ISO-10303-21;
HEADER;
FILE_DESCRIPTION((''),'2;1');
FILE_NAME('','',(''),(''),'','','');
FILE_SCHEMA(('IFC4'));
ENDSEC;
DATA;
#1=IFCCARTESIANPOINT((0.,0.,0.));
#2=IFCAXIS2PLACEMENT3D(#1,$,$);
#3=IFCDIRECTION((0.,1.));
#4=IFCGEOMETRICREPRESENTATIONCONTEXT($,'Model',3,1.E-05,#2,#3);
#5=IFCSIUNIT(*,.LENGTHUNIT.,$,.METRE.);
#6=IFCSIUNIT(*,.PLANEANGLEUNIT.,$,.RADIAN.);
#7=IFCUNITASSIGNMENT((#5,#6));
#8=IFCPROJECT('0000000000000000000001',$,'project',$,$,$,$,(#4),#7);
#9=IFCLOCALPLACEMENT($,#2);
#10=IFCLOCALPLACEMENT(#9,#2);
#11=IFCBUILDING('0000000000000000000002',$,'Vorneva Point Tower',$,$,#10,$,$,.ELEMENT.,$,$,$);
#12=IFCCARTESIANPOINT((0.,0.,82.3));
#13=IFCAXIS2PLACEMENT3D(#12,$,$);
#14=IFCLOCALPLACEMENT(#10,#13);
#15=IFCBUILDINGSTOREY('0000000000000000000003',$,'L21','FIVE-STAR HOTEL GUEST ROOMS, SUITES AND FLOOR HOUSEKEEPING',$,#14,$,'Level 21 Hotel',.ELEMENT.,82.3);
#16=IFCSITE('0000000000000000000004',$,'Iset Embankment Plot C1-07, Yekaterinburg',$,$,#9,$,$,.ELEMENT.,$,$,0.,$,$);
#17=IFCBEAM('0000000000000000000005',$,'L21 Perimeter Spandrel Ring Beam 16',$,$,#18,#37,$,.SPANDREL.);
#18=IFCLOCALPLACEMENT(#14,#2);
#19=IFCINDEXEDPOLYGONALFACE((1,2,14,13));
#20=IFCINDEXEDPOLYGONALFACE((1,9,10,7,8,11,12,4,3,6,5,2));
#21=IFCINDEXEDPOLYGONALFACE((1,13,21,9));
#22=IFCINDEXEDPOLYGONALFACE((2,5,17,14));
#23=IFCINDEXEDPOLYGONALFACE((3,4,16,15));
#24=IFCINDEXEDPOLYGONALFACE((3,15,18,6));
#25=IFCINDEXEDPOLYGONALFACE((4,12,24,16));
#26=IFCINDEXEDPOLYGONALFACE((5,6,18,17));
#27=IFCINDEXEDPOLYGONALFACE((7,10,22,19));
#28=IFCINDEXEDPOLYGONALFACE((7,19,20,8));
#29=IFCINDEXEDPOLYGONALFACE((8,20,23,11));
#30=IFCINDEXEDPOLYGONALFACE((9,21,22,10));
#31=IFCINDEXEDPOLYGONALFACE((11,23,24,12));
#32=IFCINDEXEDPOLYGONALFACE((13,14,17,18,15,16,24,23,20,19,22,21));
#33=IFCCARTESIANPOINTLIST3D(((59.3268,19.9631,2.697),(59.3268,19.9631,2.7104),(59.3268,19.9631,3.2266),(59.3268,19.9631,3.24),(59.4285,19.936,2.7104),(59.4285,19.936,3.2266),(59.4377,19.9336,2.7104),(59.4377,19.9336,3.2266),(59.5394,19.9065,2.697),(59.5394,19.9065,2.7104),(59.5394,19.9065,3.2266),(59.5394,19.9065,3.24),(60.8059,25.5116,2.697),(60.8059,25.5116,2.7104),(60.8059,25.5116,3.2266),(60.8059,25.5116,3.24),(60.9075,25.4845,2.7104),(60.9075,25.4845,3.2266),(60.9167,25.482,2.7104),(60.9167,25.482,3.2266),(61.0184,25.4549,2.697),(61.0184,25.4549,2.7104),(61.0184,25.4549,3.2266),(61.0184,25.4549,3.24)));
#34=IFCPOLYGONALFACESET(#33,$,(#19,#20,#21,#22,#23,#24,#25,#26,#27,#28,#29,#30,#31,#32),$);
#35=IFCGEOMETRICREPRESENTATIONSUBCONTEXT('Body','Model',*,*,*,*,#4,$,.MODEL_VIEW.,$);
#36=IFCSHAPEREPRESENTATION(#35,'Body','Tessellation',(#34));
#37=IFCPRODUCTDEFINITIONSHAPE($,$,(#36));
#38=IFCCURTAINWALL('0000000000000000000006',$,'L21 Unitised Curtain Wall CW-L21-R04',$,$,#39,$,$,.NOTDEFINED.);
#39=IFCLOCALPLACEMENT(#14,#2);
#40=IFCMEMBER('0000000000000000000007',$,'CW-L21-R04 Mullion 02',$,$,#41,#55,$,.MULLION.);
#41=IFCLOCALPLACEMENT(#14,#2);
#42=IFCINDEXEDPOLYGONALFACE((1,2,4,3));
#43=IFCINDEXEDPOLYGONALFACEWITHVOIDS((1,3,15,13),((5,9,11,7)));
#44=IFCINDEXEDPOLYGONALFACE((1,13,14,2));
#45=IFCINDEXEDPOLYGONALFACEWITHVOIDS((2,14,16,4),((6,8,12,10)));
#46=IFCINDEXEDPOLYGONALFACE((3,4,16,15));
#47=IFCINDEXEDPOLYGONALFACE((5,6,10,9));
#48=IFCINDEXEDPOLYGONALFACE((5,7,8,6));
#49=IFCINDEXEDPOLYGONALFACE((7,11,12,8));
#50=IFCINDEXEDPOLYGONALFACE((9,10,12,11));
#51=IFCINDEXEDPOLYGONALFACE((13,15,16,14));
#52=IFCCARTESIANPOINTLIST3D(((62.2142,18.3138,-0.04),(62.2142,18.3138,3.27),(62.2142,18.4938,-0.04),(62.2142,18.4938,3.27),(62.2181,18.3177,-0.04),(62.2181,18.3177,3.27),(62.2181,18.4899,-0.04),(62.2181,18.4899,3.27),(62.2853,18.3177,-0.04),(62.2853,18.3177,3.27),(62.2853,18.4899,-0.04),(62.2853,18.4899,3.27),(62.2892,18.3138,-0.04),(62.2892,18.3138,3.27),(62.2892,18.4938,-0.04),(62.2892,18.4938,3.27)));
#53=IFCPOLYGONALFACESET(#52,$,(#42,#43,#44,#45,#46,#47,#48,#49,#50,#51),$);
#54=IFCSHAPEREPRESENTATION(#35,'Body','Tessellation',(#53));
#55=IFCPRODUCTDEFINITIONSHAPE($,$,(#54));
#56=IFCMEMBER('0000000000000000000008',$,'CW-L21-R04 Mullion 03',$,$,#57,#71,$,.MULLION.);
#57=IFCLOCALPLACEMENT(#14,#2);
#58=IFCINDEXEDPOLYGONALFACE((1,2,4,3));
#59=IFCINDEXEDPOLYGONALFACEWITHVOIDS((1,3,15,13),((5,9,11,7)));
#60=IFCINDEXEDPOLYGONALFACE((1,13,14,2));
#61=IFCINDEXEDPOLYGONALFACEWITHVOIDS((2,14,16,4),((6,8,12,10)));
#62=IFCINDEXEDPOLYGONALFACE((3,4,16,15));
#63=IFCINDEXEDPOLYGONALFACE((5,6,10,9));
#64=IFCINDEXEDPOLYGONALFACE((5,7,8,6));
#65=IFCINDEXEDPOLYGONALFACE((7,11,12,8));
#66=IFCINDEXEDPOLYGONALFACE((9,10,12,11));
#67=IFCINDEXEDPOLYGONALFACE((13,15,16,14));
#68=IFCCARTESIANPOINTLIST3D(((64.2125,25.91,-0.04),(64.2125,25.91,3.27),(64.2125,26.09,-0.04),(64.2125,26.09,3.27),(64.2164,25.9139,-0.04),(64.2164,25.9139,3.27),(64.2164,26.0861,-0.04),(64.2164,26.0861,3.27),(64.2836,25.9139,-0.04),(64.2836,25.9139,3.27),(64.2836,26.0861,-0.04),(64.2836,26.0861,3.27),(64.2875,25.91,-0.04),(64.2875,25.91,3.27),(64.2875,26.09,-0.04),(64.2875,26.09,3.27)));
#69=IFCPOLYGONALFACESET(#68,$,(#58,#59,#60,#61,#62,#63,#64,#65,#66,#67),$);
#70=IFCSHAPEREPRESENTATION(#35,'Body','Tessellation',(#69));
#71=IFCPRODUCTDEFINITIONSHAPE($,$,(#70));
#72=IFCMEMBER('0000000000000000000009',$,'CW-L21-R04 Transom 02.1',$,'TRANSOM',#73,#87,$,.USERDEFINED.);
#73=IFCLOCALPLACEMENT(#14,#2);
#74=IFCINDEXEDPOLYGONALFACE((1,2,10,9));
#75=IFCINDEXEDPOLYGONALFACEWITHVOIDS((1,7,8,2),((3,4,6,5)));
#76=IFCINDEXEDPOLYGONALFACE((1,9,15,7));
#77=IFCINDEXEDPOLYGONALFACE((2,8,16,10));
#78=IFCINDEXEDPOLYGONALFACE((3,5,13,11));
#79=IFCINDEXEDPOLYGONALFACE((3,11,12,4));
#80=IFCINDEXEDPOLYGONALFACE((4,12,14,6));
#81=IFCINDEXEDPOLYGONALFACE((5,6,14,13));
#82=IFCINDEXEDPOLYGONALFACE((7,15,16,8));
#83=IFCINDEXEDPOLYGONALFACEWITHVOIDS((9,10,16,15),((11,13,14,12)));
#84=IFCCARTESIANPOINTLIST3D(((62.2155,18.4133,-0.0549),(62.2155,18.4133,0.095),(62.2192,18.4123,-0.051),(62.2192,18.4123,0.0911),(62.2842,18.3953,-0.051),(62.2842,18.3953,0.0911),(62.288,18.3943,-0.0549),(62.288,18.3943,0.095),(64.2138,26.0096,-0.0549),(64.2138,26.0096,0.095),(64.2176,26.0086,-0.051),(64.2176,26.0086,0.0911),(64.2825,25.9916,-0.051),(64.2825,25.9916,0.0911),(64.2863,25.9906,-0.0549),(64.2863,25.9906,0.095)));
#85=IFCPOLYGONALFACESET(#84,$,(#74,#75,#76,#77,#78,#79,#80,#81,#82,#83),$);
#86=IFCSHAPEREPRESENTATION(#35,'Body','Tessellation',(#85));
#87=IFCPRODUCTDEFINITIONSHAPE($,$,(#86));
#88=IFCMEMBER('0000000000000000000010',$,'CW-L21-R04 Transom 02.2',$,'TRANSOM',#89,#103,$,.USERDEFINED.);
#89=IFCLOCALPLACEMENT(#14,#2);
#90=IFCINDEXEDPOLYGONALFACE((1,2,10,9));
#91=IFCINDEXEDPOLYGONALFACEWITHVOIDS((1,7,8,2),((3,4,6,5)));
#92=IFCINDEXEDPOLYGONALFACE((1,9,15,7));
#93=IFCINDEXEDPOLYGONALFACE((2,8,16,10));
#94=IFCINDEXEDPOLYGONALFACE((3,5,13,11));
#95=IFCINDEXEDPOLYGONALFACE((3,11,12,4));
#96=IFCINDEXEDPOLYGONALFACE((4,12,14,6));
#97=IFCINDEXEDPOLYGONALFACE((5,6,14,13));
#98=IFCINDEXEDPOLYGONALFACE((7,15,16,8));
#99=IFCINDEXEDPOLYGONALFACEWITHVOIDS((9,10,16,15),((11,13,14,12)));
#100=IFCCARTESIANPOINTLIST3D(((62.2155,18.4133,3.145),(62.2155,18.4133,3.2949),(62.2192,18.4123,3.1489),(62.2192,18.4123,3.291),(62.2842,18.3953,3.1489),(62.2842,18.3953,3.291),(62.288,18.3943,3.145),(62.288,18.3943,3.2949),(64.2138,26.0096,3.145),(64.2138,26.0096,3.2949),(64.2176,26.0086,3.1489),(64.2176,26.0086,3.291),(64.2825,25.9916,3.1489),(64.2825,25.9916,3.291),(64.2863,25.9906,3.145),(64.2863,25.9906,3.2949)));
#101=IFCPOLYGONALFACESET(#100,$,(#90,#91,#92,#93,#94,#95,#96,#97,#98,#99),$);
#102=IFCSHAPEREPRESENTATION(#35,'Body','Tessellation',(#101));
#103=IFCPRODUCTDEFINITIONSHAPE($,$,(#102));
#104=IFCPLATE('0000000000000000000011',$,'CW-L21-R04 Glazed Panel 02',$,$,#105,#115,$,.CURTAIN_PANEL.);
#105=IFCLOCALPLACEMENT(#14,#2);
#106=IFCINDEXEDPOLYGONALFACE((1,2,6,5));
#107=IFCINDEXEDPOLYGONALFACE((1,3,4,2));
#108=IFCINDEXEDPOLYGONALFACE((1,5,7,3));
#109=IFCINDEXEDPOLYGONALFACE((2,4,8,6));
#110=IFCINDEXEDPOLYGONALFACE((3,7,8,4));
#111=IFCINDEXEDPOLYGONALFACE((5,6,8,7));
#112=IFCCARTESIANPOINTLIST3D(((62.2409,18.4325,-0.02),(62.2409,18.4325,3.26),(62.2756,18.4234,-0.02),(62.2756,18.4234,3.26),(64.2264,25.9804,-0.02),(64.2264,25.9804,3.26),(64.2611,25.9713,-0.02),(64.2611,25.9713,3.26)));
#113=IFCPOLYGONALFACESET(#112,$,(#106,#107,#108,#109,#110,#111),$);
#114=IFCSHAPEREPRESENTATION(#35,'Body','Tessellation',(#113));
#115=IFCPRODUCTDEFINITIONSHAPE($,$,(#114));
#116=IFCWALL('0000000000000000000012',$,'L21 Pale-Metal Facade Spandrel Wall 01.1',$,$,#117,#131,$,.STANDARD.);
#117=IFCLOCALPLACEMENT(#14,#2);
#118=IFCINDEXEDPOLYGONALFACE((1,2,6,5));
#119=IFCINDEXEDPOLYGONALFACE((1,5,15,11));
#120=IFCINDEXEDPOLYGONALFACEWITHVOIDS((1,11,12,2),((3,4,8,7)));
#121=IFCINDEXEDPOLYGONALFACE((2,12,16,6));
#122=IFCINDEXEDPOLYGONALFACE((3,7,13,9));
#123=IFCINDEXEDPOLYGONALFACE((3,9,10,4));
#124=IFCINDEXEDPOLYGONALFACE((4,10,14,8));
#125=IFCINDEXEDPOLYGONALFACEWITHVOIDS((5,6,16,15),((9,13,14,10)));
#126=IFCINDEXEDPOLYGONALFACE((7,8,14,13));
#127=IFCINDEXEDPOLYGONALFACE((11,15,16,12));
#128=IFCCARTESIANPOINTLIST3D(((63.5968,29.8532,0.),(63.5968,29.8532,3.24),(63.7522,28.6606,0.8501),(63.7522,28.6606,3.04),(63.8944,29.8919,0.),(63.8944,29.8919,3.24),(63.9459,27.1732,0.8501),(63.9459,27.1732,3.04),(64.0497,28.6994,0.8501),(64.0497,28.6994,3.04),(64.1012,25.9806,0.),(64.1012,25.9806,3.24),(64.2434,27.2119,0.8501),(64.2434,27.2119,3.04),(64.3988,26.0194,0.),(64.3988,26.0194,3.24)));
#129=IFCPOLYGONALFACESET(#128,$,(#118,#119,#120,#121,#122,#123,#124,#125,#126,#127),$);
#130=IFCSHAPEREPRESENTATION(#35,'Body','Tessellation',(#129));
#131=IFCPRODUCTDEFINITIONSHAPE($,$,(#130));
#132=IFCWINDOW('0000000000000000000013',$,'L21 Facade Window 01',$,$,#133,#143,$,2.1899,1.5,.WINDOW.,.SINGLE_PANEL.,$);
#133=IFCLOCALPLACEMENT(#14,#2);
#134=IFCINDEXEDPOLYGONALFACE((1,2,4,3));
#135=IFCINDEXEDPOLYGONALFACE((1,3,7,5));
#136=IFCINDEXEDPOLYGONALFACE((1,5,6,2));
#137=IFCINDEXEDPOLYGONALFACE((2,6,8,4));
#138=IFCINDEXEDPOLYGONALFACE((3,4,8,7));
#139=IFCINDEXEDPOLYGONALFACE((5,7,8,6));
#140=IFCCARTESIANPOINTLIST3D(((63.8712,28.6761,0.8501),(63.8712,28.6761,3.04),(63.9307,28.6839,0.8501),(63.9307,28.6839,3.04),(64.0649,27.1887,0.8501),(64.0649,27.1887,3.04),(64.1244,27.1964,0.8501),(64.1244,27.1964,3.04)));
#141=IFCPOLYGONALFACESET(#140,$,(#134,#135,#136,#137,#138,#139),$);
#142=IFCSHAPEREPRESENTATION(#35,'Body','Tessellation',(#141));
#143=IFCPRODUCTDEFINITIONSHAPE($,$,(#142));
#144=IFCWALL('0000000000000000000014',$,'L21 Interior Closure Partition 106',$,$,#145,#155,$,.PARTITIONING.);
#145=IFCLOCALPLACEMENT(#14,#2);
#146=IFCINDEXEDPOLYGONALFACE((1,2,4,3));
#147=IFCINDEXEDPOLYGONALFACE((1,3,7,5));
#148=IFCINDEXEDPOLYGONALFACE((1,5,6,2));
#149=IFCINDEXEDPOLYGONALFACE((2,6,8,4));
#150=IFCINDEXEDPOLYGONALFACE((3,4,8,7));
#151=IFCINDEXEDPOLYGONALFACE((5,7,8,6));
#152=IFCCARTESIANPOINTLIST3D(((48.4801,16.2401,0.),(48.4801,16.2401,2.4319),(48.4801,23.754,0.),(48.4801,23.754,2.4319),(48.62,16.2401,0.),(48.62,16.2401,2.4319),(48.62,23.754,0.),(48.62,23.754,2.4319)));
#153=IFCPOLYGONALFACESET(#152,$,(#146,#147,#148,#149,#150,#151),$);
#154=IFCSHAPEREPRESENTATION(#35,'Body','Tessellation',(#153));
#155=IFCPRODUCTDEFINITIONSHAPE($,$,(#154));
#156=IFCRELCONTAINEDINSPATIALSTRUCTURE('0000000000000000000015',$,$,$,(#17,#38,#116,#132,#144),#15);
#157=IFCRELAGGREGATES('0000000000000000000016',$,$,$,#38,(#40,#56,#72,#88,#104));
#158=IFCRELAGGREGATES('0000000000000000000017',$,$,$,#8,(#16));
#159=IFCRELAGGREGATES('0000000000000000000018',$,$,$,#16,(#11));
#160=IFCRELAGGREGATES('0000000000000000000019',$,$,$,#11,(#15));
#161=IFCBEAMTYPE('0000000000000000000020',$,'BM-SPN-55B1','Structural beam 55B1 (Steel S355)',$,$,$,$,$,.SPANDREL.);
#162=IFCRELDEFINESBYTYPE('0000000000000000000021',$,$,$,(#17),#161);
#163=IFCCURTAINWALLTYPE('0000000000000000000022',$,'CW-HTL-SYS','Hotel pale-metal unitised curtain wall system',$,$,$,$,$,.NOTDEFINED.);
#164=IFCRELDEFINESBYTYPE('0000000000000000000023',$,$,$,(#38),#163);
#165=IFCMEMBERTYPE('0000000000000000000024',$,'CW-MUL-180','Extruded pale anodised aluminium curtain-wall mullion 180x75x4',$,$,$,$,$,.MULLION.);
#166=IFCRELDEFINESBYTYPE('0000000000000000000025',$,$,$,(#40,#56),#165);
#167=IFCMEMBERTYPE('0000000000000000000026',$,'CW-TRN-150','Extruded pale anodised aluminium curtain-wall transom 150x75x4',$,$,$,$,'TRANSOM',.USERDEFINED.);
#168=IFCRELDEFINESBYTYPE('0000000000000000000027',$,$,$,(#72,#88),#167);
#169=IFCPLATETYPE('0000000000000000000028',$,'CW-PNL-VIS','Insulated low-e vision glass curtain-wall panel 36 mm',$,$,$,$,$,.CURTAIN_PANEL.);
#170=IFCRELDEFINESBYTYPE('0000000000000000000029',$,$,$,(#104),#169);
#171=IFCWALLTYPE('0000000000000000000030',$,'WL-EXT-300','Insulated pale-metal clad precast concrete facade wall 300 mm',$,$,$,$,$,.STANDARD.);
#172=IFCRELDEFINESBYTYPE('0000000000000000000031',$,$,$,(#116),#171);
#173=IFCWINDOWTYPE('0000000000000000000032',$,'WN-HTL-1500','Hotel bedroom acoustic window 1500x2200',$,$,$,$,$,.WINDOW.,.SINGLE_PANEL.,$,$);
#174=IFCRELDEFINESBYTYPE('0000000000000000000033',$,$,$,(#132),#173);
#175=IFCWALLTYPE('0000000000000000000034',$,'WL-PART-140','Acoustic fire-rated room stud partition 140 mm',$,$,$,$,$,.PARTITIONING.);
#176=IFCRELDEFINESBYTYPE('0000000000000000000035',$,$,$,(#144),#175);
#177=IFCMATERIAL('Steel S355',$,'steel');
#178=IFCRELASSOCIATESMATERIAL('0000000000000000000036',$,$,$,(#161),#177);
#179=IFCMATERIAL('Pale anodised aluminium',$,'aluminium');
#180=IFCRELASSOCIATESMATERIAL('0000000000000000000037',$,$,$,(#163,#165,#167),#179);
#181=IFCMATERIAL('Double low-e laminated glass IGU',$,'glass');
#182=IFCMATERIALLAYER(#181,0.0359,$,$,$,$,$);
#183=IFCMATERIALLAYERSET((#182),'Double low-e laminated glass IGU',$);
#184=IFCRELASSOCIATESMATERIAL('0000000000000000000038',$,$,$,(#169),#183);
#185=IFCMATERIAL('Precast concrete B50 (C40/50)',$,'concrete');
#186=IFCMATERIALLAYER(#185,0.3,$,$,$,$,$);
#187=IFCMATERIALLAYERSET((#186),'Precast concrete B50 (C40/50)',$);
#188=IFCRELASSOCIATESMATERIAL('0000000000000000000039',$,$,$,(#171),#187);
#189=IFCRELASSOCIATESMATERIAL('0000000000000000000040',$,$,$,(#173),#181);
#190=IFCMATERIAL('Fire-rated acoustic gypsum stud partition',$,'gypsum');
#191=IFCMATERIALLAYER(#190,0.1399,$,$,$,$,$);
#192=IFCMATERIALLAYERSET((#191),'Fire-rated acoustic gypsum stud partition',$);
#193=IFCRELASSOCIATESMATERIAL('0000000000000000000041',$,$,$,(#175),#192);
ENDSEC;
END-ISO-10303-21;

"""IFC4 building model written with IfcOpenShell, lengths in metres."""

from ifc_helpers import new_model, si_unit, direction, frame, frame_2d, origin, origin_2d, place, context, subcontext, project, spatial, rectangle, hollow_rectangle, i_section, extrude, material, layer, layer_set, material_profile, profile_set, type_object, element, fill, aggregate, save


model = new_model("IFC4")

# Units and contexts
model_context = context("Model", 3, precision=1e-05, world=origin(), true_north=direction((0.0, 1.0)))
body_context = subcontext(model_context, "Body", "Model", "MODEL_VIEW")
ifc_project = project(units=[si_unit("LENGTHUNIT", "METRE"), si_unit("PLANEANGLEUNIT", "RADIAN")], contexts=[model_context])

# Site, building, storey
site_placement = place(None, origin())
site = spatial("IfcSite", under=ifc_project, at=site_placement, Name="Iset Embankment Plot C1-07, Yekaterinburg", CompositionType="ELEMENT", RefElevation=0.0)
building_placement = place(site_placement, origin())
building = spatial("IfcBuilding", under=site, at=building_placement, Name="Vorneva Point Tower", CompositionType="ELEMENT")
storey_placement = place(building_placement, frame((0.0, 0.0, 82.3)))
storey = spatial("IfcBuildingStorey", under=building, at=storey_placement, Name="L21", Description="FIVE-STAR HOTEL GUEST ROOMS, SUITES AND FLOOR HOUSEKEEPING", LongName="Level 21 Hotel", CompositionType="ELEMENT", Elevation=82.3)

# Beam
ifc_material_1 = material(Name="Steel S355", Category="steel")
ifc_material_profile_1 = material_profile(ifc_material_1, i_section(OverallWidth=0.22, OverallDepth=0.543, WebThickness=0.0095, FlangeThickness=0.0134, at=origin_2d()), Name="55B1")
ifc_profile_set_1 = profile_set([ifc_material_profile_1], Name="Steel S355")
beam_type_1 = type_object("IfcBeamType", Name="BM-SPN-55B1", Description="Structural beam 55B1 (Steel S355)", PredefinedType="SPANDREL", material=ifc_profile_set_1)
for number, where, z_axis, x_axis, name in (
    (1, (59.4331, 19.9348, 2.9685), (0.257573, 0.966259, 0.0), (-0.966259, 0.257573, 0.0), "L21 Perimeter Spandrel Ring Beam 16"),
):
    element("IfcBeam", number, at=place(storey_placement, frame(where, z_axis=z_axis, x_axis=x_axis)), inside=storey, type_object=beam_type_1, Name=name, PredefinedType="SPANDREL", context=body_context, shape_type="SweptSolid", body=[
        extrude(i_section(OverallWidth=0.22, OverallDepth=0.543, WebThickness=0.0095, FlangeThickness=0.0134, at=origin_2d()), origin(), (0.0, 0.0, 1.0), 5.7422),
    ])

# Curtain wall, members, plate
ifc_material_2 = material(Name="Pale anodised aluminium", Category="aluminium")
curtain_wall_type = type_object("IfcCurtainWallType", Name="CW-HTL-SYS", Description="Hotel pale-metal unitised curtain wall system", PredefinedType="NOTDEFINED", material=ifc_material_2)
curtain_wall_placement = place(storey_placement, origin())
curtain_wall = element("IfcCurtainWall", 2, at=curtain_wall_placement, inside=storey, type_object=curtain_wall_type, Name="L21 Unitised Curtain Wall CW-L21-R04", PredefinedType="NOTDEFINED")
ifc_material_profile_2 = material_profile(ifc_material_2, hollow_rectangle(XDim=0.075, YDim=0.1799, WallThickness=0.0039, at=origin_2d()), Name="AL-MUL 180x75x4")
ifc_profile_set_2 = profile_set([ifc_material_profile_2], Name="Pale anodised aluminium")
member_type_1 = type_object("IfcMemberType", Name="CW-MUL-180", Description="Extruded pale anodised aluminium curtain-wall mullion 180x75x4", PredefinedType="MULLION", material=ifc_profile_set_2)
member_1_placement = place(storey_placement, frame((62.2517, 18.4038, -0.04), z_axis=(0.0, 0.0, 1.0), x_axis=(1.0, 0.0, 0.0)))
member_1 = element("IfcMember", 3, at=member_1_placement, type_object=member_type_1, Name="CW-L21-R04 Mullion 02", PredefinedType="MULLION", context=body_context, shape_type="SweptSolid", body=[
    extrude(hollow_rectangle(XDim=0.075, YDim=0.1799, WallThickness=0.0039, at=origin_2d()), origin(), (0.0, 0.0, 1.0), 3.3101),
])
member_2_placement = place(storey_placement, frame((64.25, 26.0, -0.04), z_axis=(0.0, 0.0, 1.0), x_axis=(1.0, 0.0, 0.0)))
member_2 = element("IfcMember", 4, at=member_2_placement, type_object=member_type_1, Name="CW-L21-R04 Mullion 03", PredefinedType="MULLION", context=body_context, shape_type="SweptSolid", body=[
    extrude(hollow_rectangle(XDim=0.075, YDim=0.1799, WallThickness=0.0039, at=origin_2d()), origin(), (0.0, 0.0, 1.0), 3.3101),
])
ifc_material_profile_3 = material_profile(ifc_material_2, hollow_rectangle(XDim=0.075, YDim=0.1499, WallThickness=0.0039, at=origin_2d()), Name="AL-TRN 150x75x4")
ifc_profile_set_3 = profile_set([ifc_material_profile_3], Name="Pale anodised aluminium")
member_type_2 = type_object("IfcMemberType", Name="CW-TRN-150", Description="Extruded pale anodised aluminium curtain-wall transom 150x75x4", ElementType="TRANSOM", PredefinedType="USERDEFINED", material=ifc_profile_set_3)
member_3_placement = place(storey_placement, frame((62.2517, 18.4038, 0.02), z_axis=(0.254409, 0.967097, 0.0), x_axis=(-0.967097, 0.254409, 0.0)))
member_3 = element("IfcMember", 5, at=member_3_placement, type_object=member_type_2, Name="CW-L21-R04 Transom 02.1", ObjectType="TRANSOM", PredefinedType="USERDEFINED", context=body_context, shape_type="SweptSolid", body=[
    extrude(hollow_rectangle(XDim=0.075, YDim=0.1499, WallThickness=0.0039, at=origin_2d()), origin(), (0.0, 0.0, 1.0), 7.8547),
])
member_4_placement = place(storey_placement, frame((62.2517, 18.4038, 3.22), z_axis=(0.254409, 0.967097, 0.0), x_axis=(-0.967097, 0.254409, 0.0)))
member_4 = element("IfcMember", 6, at=member_4_placement, type_object=member_type_2, Name="CW-L21-R04 Transom 02.2", ObjectType="TRANSOM", PredefinedType="USERDEFINED", context=body_context, shape_type="SweptSolid", body=[
    extrude(hollow_rectangle(XDim=0.075, YDim=0.1499, WallThickness=0.0039, at=origin_2d()), origin(), (0.0, 0.0, 1.0), 7.8547),
])
ifc_material_3 = material(Name="Double low-e laminated glass IGU", Category="glass")
ifc_layer_1 = layer(ifc_material_3, 0.0359)
ifc_layer_set_1 = layer_set([ifc_layer_1], Name="Double low-e laminated glass IGU")
plate_type = type_object("IfcPlateType", Name="CW-PNL-VIS", Description="Insulated low-e vision glass curtain-wall panel 36 mm", PredefinedType="CURTAIN_PANEL", material=ifc_layer_set_1)
plate_placement = place(storey_placement, frame((63.251, 22.2019, -0.02), z_axis=(0.0, 0.0, 1.0), x_axis=(0.254399, 0.967099, 0.0)))
plate = element("IfcPlate", 7, at=plate_placement, type_object=plate_type, Name="CW-L21-R04 Glazed Panel 02", PredefinedType="CURTAIN_PANEL", context=body_context, shape_type="SweptSolid", body=[
    extrude(rectangle(XDim=7.8047, YDim=0.0359, at=origin_2d()), origin(), (0.0, 0.0, 1.0), 3.28),
])
aggregate(curtain_wall, [member_1, member_2, member_3, member_4, plate])

# Wall, opening, window
ifc_material_4 = material(Name="Precast concrete B50 (C40/50)", Category="concrete")
ifc_layer_2 = layer(ifc_material_4, 0.3)
ifc_layer_set_2 = layer_set([ifc_layer_2], Name="Precast concrete B50 (C40/50)")
wall_type_1 = type_object("IfcWallType", Name="WL-EXT-300", Description="Insulated pale-metal clad precast concrete facade wall 300 mm", PredefinedType="STANDARD", material=ifc_layer_set_2)
wall_1_placement = place(storey_placement, frame((64.25, 26.0, 0.0), z_axis=(0.0, 0.0, 1.0), x_axis=(-0.129157, 0.991624, 0.0)))
wall_1 = element("IfcWall", 8, at=wall_1_placement, inside=storey, type_object=wall_type_1, Name="L21 Pale-Metal Facade Spandrel Wall 01.1", PredefinedType="STANDARD", context=body_context, shape_type="SweptSolid", body=[
    extrude(rectangle(XDim=3.9053, YDim=0.3, at=frame_2d((1.9526, 0.0))), origin(), (0.0, 0.0, 1.0), 3.24),
])
opening_1_placement = place(wall_1_placement, frame((1.2026, 0.0, 0.8501)))
opening_1 = element("IfcOpeningElement", 9, at=opening_1_placement, cuts=wall_1, PredefinedType="OPENING", context=body_context, shape_type="SweptSolid", body=[
    extrude(rectangle(XDim=1.5, YDim=2.1899, at=frame_2d((0.75, 1.095))), frame((0.0, 0.165, 0.0), z_axis=(0.0, -1.0, 0.0), x_axis=(1.0, 0.0, 0.0)), (0.0, 0.0, 1.0), 0.3298),
])
window_type = type_object("IfcWindowType", Name="WN-HTL-1500", Description="Hotel bedroom acoustic window 1500x2200", PartitioningType="SINGLE_PANEL", PredefinedType="WINDOW", material=ifc_material_3)
window_placement = place(opening_1_placement, origin())
window = element("IfcWindow", 10, at=window_placement, inside=storey, type_object=window_type, Name="L21 Facade Window 01", OverallHeight=2.1899, OverallWidth=1.5, PartitioningType="SINGLE_PANEL", PredefinedType="WINDOW", context=body_context, shape_type="SweptSolid", body=[
    extrude(rectangle(XDim=1.5, YDim=2.1899, at=frame_2d((0.75, 1.095))), frame((0.0, 0.03, 0.0), z_axis=(0.0, -1.0, 0.0), x_axis=(1.0, 0.0, 0.0)), (0.0, 0.0, 1.0), 0.0601),
])
fill(opening_1, window)

# Wall
ifc_material_5 = material(Name="Fire-rated acoustic gypsum stud partition", Category="gypsum")
ifc_layer_3 = layer(ifc_material_5, 0.1399)
ifc_layer_set_3 = layer_set([ifc_layer_3], Name="Fire-rated acoustic gypsum stud partition")
wall_type_2 = type_object("IfcWallType", Name="WL-PART-140", Description="Acoustic fire-rated room stud partition 140 mm", PredefinedType="PARTITIONING", material=ifc_layer_set_3)
wall_2_placement = place(storey_placement, frame((48.55, 23.7539, 0.0), z_axis=(0.0, 0.0, 1.0), x_axis=(0.0, -1.0, 0.0)))
element("IfcWall", 11, at=wall_2_placement, inside=storey, type_object=wall_type_2, Name="L21 Interior Closure Partition 106", PredefinedType="PARTITIONING", context=body_context, shape_type="SweptSolid", body=[
    extrude(rectangle(XDim=7.5139, YDim=0.1399, at=frame_2d((3.7568, 0.0))), origin(), (0.0, 0.0, 1.0), 2.4319),
])

save(model, "model.ifc")
